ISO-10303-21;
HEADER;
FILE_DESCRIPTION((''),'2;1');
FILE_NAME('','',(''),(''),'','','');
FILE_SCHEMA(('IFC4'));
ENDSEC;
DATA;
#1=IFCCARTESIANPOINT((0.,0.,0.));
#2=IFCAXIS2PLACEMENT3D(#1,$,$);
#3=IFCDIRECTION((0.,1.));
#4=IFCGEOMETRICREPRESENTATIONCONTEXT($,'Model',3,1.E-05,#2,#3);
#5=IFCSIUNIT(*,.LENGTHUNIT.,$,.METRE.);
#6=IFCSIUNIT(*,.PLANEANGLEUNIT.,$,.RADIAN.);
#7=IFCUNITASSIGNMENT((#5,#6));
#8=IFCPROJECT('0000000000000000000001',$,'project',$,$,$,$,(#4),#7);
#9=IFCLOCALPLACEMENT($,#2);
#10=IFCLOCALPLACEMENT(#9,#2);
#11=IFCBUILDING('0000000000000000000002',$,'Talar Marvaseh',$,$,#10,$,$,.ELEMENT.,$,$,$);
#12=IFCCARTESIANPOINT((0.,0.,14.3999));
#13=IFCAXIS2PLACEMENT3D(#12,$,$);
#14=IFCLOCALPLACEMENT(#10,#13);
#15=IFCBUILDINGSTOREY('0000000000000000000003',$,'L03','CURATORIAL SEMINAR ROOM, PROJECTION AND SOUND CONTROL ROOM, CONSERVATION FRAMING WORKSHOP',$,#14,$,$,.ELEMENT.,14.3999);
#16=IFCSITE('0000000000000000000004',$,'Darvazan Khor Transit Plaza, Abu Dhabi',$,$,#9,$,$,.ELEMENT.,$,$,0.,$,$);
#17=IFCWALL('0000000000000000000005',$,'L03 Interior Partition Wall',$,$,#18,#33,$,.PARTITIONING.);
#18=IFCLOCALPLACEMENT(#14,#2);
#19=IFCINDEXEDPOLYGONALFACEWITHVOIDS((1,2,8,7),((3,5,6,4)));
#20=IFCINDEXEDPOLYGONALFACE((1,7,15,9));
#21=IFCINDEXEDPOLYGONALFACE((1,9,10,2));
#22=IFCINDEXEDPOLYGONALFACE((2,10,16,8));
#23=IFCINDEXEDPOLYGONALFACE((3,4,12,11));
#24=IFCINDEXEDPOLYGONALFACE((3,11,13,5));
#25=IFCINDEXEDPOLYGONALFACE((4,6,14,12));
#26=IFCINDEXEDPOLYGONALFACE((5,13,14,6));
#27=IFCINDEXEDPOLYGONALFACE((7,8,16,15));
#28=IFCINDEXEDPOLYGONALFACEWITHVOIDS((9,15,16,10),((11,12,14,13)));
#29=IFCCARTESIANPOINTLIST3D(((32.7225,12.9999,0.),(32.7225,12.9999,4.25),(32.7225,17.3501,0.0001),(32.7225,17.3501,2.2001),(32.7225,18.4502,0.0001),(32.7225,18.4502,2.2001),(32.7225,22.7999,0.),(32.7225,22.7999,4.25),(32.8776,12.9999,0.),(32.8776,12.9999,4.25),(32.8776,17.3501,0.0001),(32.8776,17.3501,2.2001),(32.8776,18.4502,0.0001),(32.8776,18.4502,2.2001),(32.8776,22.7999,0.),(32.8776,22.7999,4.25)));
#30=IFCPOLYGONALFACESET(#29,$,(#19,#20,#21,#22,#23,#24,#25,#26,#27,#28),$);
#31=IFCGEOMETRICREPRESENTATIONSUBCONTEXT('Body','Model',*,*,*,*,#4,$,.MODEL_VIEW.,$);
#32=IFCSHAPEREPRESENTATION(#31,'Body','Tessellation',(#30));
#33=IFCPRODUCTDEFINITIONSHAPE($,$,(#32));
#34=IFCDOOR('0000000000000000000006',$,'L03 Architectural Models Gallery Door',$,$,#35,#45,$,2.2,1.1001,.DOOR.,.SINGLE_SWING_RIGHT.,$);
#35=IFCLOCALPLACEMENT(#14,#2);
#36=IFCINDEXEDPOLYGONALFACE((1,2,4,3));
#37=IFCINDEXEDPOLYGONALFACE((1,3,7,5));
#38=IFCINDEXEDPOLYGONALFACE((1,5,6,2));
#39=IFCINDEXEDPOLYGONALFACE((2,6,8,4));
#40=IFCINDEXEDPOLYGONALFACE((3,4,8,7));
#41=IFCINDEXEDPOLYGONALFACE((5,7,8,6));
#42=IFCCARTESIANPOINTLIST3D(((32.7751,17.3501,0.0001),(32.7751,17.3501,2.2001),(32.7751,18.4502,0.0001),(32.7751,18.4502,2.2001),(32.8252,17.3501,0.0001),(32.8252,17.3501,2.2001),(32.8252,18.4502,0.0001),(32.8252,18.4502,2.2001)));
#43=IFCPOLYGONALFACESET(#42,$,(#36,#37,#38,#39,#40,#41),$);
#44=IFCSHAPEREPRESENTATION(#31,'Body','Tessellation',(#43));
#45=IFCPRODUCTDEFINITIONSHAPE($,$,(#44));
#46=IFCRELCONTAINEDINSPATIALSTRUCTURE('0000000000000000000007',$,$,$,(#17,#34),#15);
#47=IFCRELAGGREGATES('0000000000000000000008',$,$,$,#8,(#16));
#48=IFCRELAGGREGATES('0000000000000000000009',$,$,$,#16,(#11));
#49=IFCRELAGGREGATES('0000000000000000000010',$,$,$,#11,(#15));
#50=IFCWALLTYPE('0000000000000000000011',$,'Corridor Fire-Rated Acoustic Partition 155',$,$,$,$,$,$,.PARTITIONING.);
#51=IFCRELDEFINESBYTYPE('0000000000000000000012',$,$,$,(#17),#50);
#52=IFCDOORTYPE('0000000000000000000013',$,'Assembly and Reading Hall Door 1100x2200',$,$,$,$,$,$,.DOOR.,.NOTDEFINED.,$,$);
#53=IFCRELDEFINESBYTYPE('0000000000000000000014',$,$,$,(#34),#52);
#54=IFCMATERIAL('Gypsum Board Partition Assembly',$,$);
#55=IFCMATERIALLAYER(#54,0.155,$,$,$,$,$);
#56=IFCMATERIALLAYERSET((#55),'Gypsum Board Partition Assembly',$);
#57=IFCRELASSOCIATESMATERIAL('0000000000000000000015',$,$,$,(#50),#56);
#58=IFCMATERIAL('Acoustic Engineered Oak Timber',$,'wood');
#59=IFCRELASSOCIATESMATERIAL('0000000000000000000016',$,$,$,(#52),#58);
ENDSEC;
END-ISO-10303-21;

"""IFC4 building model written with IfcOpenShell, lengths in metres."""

from ifc_helpers import new_model, si_unit, direction, frame, frame_2d, origin, place, context, subcontext, project, spatial, rectangle, extrude, source, transform, mapped, material, layer, layer_set, type_object, type_shapes, element, fill, save


model = new_model("IFC4")

# Units and contexts
model_context = context("Model", 3, precision=1e-05, world=origin(), true_north=direction((0.0, 1.0)))
body_context = subcontext(model_context, "Body", "Model", "MODEL_VIEW")
ifc_project = project(units=[si_unit("LENGTHUNIT", "METRE"), si_unit("PLANEANGLEUNIT", "RADIAN")], contexts=[model_context])

# Site, building, storey
site_placement = place(None, origin())
site = spatial("IfcSite", under=ifc_project, at=site_placement, Name="Darvazan Khor Transit Plaza, Abu Dhabi", CompositionType="ELEMENT", RefElevation=0.0)
building_placement = place(site_placement, origin())
building = spatial("IfcBuilding", under=site, at=building_placement, Name="Talar Marvaseh", CompositionType="ELEMENT")
storey_placement = place(building_placement, frame((0.0, 0.0, 14.3999)))
storey = spatial("IfcBuildingStorey", under=building, at=storey_placement, Name="L03", Description="CURATORIAL SEMINAR ROOM, PROJECTION AND SOUND CONTROL ROOM, CONSERVATION FRAMING WORKSHOP", CompositionType="ELEMENT", Elevation=14.3999)

# Wall, opening, door
ifc_material_1 = material(Name="Gypsum Board Partition Assembly")
ifc_layer_1 = layer(ifc_material_1, 0.155)
ifc_layer_set_1 = layer_set([ifc_layer_1], Name="Gypsum Board Partition Assembly")
wall_type_1 = type_object("IfcWallType", Name="Corridor Fire-Rated Acoustic Partition 155", PredefinedType="PARTITIONING", material=ifc_layer_set_1)
wall_1_placement = place(storey_placement, frame((32.8, 13.0, 0.0), z_axis=(0.0, 0.0, 1.0), x_axis=(0.0, 1.0, 0.0)))
wall_1 = element("IfcWall", 1, at=wall_1_placement, inside=storey, type_object=wall_type_1, Name="L03 Interior Partition Wall", PredefinedType="PARTITIONING", context=body_context, shape_type="SweptSolid", body=[
    extrude(rectangle(XDim=9.8, YDim=0.155, at=frame_2d((4.8999, 0.0))), origin(), (0.0, 0.0, 1.0), 4.25),
])
opening_1_placement = place(wall_1_placement, frame((4.3501, 0.0, 0.0)))
opening_1 = element("IfcOpeningElement", 2, at=opening_1_placement, cuts=wall_1, PredefinedType="OPENING", context=body_context, shape_type="SweptSolid", body=[
    extrude(rectangle(XDim=1.1001, YDim=2.2, at=frame_2d((0.55, 1.1001))), frame((0.0, 0.0874, 0.0), z_axis=(0.0, -1.0, 0.0), x_axis=(1.0, 0.0, 0.0)), (0.0, 0.0, 1.0), 0.175),
])
ifc_material_2 = material(Name="Acoustic Engineered Oak Timber", Category="wood")
door_type = type_object("IfcDoorType", Name="Assembly and Reading Hall Door 1100x2200", OperationType="NOTDEFINED", PredefinedType="DOOR", material=ifc_material_2)
shared_shape_1 = source(origin(), body_context, "Body", "SweptSolid", [
    extrude(rectangle(XDim=1.1001, YDim=2.2, at=frame_2d((0.55, 1.1001))), frame((0.0, 0.0249, 0.0), z_axis=(0.0, -1.0, 0.0), x_axis=(1.0, 0.0, 0.0)), (0.0, 0.0, 1.0), 0.05),
])
type_shapes(door_type, [shared_shape_1])
door_placement = place(opening_1_placement, origin())
door = element("IfcDoor", 3, at=door_placement, inside=storey, type_object=door_type, Name="L03 Architectural Models Gallery Door", OperationType="SINGLE_SWING_RIGHT", OverallHeight=2.2, OverallWidth=1.1001, PredefinedType="DOOR", context=body_context, shape_type="MappedRepresentation", body=[
    mapped(shared_shape_1, transform((0.0, 0.0, 0.0), x_axis=(1.0, 0.0, 0.0), y_axis=(0.0, 1.0, 0.0), z_axis=(0.0, 0.0, 1.0), scale=1.0)),
])
fill(opening_1, door)

save(model, "model.ifc")
